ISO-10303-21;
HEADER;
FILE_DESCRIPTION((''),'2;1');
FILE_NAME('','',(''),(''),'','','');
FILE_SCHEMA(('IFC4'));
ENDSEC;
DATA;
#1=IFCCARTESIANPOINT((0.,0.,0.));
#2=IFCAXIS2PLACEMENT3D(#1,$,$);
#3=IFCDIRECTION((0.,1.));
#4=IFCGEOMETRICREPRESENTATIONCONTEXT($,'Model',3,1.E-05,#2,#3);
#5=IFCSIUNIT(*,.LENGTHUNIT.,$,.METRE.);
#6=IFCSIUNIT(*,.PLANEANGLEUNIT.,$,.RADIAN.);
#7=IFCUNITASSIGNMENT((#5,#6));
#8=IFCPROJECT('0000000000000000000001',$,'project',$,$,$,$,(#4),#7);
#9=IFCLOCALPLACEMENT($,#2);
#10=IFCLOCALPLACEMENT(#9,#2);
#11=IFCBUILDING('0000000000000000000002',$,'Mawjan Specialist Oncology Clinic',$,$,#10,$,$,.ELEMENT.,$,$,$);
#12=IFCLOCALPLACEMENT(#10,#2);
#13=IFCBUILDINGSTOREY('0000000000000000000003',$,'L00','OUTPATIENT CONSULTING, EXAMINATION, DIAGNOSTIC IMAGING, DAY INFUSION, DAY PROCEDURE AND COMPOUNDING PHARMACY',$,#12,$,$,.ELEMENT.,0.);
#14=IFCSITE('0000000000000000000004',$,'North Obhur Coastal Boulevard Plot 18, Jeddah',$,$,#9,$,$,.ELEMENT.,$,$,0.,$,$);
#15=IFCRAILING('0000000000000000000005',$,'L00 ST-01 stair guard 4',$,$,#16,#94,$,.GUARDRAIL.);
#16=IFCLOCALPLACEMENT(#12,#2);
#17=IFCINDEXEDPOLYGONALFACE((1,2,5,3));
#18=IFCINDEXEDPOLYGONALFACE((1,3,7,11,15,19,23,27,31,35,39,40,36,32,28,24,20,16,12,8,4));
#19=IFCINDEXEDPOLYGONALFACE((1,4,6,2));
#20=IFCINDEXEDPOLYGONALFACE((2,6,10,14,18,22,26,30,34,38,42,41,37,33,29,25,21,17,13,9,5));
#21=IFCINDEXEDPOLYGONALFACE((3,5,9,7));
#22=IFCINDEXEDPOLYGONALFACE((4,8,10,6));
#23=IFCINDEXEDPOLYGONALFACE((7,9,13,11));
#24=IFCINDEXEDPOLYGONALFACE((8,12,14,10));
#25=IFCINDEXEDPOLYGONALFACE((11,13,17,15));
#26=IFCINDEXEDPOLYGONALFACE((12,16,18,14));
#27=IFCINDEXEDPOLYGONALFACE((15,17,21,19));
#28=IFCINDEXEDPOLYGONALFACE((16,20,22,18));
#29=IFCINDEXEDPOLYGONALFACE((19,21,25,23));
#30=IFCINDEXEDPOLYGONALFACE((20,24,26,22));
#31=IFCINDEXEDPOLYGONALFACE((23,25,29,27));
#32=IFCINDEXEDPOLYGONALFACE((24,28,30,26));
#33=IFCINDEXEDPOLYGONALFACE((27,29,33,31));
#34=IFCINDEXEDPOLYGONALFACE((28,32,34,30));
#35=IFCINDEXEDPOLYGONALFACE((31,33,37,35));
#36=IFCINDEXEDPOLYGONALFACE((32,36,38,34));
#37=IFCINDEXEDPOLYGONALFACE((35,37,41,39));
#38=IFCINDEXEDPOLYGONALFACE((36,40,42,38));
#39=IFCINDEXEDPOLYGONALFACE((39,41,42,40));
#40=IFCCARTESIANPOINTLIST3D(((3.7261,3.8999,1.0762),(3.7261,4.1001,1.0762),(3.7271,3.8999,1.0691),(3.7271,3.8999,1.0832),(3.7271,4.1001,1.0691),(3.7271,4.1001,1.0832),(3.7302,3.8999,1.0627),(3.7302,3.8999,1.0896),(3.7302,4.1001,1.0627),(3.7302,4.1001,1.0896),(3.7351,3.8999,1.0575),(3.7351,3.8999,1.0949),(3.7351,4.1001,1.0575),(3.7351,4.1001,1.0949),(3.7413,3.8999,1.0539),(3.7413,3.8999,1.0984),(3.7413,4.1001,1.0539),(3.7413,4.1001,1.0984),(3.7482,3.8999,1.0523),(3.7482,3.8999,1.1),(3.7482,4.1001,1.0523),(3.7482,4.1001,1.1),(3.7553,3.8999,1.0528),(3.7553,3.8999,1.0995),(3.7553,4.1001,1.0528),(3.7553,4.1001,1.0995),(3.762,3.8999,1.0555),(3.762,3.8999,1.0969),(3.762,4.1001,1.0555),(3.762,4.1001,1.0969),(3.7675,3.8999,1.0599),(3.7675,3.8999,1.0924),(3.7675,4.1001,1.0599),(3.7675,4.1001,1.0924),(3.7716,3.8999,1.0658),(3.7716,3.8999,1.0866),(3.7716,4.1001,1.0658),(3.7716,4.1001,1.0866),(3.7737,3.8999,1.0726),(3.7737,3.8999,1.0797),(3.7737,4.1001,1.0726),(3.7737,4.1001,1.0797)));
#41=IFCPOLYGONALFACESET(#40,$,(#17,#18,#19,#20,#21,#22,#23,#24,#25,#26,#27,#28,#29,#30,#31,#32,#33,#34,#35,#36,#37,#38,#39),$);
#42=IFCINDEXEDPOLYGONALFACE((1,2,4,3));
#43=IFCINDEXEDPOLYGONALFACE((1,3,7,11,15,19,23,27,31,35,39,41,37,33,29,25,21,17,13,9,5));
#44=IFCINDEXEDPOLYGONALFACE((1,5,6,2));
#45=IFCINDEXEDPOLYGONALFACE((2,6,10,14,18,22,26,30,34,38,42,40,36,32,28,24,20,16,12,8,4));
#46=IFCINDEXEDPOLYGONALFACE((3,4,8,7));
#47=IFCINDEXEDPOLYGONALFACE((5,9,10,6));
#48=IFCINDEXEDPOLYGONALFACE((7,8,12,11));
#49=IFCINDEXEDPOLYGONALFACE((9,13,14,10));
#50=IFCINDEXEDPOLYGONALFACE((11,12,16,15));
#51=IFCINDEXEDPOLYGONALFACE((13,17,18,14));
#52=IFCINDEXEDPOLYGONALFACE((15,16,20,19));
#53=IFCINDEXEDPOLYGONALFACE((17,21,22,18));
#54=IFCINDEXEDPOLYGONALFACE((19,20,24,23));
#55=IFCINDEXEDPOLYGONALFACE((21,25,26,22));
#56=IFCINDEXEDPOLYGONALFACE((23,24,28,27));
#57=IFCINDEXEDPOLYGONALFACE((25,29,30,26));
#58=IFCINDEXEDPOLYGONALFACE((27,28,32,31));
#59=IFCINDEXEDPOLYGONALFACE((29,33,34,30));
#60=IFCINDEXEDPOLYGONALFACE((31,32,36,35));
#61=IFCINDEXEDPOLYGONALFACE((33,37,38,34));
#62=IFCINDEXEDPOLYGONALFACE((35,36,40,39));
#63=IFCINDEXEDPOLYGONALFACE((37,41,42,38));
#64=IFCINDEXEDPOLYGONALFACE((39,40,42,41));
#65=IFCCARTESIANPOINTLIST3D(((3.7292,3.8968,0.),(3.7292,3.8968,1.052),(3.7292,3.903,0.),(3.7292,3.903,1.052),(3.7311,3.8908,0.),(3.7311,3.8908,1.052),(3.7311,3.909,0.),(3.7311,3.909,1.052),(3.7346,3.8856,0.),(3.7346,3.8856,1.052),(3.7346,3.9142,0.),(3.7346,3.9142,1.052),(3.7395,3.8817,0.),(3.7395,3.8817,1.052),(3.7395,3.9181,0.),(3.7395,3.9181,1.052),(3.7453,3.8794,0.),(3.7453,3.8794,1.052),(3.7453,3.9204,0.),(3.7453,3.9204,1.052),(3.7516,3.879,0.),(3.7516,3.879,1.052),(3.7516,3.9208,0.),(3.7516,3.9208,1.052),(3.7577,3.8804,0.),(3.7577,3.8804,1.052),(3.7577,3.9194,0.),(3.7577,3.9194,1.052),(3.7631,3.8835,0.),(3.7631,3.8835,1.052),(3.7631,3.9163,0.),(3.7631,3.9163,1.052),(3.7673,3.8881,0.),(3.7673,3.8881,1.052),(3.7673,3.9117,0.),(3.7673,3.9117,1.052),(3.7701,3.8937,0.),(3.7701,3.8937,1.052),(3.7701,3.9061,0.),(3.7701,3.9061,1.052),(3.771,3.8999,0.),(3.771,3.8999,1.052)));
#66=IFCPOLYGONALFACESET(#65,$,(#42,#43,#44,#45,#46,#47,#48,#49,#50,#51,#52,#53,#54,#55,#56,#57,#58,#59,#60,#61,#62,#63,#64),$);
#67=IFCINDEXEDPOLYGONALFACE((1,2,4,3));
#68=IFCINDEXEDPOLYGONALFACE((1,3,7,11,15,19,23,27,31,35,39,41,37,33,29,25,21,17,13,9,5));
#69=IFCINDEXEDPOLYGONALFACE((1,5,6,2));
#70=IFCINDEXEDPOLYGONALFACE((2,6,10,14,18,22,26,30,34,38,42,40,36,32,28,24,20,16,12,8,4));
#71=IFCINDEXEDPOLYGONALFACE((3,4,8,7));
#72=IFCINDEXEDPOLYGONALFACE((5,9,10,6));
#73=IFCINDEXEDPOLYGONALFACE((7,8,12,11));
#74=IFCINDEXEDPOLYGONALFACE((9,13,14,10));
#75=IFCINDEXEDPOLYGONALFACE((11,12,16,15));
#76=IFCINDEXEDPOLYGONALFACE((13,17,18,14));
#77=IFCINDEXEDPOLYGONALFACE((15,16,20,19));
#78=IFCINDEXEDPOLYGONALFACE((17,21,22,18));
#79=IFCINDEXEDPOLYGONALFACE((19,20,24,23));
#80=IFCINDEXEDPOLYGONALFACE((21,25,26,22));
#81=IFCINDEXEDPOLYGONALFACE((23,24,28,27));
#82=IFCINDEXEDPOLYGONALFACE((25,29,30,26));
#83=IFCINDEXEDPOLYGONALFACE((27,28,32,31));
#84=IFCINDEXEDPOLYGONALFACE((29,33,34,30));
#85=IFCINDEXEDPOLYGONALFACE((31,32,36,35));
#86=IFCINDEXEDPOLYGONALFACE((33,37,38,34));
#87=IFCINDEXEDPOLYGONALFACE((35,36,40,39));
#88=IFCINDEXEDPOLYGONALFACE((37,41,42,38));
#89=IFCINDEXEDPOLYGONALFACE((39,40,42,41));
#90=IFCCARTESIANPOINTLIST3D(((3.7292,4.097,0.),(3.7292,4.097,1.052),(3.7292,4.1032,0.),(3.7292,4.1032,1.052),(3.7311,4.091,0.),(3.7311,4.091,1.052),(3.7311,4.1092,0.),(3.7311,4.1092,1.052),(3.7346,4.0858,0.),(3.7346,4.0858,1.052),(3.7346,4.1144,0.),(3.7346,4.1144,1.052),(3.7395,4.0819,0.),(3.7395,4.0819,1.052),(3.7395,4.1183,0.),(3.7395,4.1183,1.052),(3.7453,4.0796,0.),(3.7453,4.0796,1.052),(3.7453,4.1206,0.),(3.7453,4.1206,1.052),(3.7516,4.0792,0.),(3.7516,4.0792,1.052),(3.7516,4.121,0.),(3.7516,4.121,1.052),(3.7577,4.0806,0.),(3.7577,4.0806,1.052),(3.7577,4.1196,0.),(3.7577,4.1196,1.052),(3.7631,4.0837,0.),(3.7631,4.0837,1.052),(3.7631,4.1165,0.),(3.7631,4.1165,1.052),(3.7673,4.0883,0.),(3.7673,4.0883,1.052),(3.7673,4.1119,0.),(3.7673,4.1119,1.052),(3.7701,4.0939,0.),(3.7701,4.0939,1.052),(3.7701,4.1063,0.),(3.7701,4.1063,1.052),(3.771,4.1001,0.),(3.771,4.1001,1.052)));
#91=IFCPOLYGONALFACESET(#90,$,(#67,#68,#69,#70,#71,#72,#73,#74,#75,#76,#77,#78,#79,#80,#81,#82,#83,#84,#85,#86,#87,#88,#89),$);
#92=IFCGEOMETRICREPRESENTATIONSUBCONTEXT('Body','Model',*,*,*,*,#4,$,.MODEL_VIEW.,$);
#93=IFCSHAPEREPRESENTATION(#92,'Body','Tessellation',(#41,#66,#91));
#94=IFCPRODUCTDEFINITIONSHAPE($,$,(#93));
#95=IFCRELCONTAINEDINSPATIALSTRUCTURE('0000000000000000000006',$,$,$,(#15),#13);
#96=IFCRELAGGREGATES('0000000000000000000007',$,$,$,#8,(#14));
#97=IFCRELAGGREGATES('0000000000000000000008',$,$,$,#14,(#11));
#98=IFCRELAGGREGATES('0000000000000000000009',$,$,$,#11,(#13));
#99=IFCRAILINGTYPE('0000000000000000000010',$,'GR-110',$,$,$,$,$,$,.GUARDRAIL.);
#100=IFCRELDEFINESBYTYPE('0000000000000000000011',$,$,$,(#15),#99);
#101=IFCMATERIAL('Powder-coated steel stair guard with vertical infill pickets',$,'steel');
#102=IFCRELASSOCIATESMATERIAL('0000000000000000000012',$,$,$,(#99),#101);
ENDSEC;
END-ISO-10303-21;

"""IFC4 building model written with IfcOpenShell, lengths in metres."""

from ifc_helpers import new_model, si_unit, direction, frame, origin, origin_2d, place, context, subcontext, project, spatial, circle, extrude, material, type_object, element, save


model = new_model("IFC4")

# Units and contexts
model_context = context("Model", 3, precision=1e-05, world=origin(), true_north=direction((0.0, 1.0)))
body_context = subcontext(model_context, "Body", "Model", "MODEL_VIEW")
ifc_project = project(units=[si_unit("LENGTHUNIT", "METRE"), si_unit("PLANEANGLEUNIT", "RADIAN")], contexts=[model_context])

# Site, building, storey
site_placement = place(None, origin())
site = spatial("IfcSite", under=ifc_project, at=site_placement, Name="North Obhur Coastal Boulevard Plot 18, Jeddah", CompositionType="ELEMENT", RefElevation=0.0)
building_placement = place(site_placement, origin())
building = spatial("IfcBuilding", under=site, at=building_placement, Name="Mawjan Specialist Oncology Clinic", CompositionType="ELEMENT")
storey_placement = place(building_placement, origin())
storey = spatial("IfcBuildingStorey", under=building, at=storey_placement, Name="L00", Description="OUTPATIENT CONSULTING, EXAMINATION, DIAGNOSTIC IMAGING, DAY INFUSION, DAY PROCEDURE AND COMPOUNDING PHARMACY", CompositionType="ELEMENT", Elevation=0.0)

# Railing
ifc_material_1 = material(Name="Powder-coated steel stair guard with vertical infill pickets", Category="steel")
railing_type = type_object("IfcRailingType", Name="GR-110", PredefinedType="GUARDRAIL", material=ifc_material_1)
railing_1_placement = place(storey_placement, frame((3.75, 3.8999, 0.0)))
element("IfcRailing", 1, at=railing_1_placement, inside=storey, type_object=railing_type, Name="L00 ST-01 stair guard 4", PredefinedType="GUARDRAIL", context=body_context, shape_type="SweptSolid", body=[
    extrude(circle(Radius=0.0239, at=origin_2d()), frame((0.0, 0.0, 1.0762), z_axis=(0.0, 1.0, 0.0), x_axis=(-1.0, 0.0, 0.0)), (0.0, 0.0, 1.0), 0.2002),
    extrude(circle(Radius=0.021, at=origin_2d()), origin(), (0.0, 0.0, 1.0), 1.052),
    extrude(circle(Radius=0.021, at=origin_2d()), frame((0.0, 0.2002, 0.0)), (0.0, 0.0, 1.0), 1.052),
])

save(model, "model.ifc")
